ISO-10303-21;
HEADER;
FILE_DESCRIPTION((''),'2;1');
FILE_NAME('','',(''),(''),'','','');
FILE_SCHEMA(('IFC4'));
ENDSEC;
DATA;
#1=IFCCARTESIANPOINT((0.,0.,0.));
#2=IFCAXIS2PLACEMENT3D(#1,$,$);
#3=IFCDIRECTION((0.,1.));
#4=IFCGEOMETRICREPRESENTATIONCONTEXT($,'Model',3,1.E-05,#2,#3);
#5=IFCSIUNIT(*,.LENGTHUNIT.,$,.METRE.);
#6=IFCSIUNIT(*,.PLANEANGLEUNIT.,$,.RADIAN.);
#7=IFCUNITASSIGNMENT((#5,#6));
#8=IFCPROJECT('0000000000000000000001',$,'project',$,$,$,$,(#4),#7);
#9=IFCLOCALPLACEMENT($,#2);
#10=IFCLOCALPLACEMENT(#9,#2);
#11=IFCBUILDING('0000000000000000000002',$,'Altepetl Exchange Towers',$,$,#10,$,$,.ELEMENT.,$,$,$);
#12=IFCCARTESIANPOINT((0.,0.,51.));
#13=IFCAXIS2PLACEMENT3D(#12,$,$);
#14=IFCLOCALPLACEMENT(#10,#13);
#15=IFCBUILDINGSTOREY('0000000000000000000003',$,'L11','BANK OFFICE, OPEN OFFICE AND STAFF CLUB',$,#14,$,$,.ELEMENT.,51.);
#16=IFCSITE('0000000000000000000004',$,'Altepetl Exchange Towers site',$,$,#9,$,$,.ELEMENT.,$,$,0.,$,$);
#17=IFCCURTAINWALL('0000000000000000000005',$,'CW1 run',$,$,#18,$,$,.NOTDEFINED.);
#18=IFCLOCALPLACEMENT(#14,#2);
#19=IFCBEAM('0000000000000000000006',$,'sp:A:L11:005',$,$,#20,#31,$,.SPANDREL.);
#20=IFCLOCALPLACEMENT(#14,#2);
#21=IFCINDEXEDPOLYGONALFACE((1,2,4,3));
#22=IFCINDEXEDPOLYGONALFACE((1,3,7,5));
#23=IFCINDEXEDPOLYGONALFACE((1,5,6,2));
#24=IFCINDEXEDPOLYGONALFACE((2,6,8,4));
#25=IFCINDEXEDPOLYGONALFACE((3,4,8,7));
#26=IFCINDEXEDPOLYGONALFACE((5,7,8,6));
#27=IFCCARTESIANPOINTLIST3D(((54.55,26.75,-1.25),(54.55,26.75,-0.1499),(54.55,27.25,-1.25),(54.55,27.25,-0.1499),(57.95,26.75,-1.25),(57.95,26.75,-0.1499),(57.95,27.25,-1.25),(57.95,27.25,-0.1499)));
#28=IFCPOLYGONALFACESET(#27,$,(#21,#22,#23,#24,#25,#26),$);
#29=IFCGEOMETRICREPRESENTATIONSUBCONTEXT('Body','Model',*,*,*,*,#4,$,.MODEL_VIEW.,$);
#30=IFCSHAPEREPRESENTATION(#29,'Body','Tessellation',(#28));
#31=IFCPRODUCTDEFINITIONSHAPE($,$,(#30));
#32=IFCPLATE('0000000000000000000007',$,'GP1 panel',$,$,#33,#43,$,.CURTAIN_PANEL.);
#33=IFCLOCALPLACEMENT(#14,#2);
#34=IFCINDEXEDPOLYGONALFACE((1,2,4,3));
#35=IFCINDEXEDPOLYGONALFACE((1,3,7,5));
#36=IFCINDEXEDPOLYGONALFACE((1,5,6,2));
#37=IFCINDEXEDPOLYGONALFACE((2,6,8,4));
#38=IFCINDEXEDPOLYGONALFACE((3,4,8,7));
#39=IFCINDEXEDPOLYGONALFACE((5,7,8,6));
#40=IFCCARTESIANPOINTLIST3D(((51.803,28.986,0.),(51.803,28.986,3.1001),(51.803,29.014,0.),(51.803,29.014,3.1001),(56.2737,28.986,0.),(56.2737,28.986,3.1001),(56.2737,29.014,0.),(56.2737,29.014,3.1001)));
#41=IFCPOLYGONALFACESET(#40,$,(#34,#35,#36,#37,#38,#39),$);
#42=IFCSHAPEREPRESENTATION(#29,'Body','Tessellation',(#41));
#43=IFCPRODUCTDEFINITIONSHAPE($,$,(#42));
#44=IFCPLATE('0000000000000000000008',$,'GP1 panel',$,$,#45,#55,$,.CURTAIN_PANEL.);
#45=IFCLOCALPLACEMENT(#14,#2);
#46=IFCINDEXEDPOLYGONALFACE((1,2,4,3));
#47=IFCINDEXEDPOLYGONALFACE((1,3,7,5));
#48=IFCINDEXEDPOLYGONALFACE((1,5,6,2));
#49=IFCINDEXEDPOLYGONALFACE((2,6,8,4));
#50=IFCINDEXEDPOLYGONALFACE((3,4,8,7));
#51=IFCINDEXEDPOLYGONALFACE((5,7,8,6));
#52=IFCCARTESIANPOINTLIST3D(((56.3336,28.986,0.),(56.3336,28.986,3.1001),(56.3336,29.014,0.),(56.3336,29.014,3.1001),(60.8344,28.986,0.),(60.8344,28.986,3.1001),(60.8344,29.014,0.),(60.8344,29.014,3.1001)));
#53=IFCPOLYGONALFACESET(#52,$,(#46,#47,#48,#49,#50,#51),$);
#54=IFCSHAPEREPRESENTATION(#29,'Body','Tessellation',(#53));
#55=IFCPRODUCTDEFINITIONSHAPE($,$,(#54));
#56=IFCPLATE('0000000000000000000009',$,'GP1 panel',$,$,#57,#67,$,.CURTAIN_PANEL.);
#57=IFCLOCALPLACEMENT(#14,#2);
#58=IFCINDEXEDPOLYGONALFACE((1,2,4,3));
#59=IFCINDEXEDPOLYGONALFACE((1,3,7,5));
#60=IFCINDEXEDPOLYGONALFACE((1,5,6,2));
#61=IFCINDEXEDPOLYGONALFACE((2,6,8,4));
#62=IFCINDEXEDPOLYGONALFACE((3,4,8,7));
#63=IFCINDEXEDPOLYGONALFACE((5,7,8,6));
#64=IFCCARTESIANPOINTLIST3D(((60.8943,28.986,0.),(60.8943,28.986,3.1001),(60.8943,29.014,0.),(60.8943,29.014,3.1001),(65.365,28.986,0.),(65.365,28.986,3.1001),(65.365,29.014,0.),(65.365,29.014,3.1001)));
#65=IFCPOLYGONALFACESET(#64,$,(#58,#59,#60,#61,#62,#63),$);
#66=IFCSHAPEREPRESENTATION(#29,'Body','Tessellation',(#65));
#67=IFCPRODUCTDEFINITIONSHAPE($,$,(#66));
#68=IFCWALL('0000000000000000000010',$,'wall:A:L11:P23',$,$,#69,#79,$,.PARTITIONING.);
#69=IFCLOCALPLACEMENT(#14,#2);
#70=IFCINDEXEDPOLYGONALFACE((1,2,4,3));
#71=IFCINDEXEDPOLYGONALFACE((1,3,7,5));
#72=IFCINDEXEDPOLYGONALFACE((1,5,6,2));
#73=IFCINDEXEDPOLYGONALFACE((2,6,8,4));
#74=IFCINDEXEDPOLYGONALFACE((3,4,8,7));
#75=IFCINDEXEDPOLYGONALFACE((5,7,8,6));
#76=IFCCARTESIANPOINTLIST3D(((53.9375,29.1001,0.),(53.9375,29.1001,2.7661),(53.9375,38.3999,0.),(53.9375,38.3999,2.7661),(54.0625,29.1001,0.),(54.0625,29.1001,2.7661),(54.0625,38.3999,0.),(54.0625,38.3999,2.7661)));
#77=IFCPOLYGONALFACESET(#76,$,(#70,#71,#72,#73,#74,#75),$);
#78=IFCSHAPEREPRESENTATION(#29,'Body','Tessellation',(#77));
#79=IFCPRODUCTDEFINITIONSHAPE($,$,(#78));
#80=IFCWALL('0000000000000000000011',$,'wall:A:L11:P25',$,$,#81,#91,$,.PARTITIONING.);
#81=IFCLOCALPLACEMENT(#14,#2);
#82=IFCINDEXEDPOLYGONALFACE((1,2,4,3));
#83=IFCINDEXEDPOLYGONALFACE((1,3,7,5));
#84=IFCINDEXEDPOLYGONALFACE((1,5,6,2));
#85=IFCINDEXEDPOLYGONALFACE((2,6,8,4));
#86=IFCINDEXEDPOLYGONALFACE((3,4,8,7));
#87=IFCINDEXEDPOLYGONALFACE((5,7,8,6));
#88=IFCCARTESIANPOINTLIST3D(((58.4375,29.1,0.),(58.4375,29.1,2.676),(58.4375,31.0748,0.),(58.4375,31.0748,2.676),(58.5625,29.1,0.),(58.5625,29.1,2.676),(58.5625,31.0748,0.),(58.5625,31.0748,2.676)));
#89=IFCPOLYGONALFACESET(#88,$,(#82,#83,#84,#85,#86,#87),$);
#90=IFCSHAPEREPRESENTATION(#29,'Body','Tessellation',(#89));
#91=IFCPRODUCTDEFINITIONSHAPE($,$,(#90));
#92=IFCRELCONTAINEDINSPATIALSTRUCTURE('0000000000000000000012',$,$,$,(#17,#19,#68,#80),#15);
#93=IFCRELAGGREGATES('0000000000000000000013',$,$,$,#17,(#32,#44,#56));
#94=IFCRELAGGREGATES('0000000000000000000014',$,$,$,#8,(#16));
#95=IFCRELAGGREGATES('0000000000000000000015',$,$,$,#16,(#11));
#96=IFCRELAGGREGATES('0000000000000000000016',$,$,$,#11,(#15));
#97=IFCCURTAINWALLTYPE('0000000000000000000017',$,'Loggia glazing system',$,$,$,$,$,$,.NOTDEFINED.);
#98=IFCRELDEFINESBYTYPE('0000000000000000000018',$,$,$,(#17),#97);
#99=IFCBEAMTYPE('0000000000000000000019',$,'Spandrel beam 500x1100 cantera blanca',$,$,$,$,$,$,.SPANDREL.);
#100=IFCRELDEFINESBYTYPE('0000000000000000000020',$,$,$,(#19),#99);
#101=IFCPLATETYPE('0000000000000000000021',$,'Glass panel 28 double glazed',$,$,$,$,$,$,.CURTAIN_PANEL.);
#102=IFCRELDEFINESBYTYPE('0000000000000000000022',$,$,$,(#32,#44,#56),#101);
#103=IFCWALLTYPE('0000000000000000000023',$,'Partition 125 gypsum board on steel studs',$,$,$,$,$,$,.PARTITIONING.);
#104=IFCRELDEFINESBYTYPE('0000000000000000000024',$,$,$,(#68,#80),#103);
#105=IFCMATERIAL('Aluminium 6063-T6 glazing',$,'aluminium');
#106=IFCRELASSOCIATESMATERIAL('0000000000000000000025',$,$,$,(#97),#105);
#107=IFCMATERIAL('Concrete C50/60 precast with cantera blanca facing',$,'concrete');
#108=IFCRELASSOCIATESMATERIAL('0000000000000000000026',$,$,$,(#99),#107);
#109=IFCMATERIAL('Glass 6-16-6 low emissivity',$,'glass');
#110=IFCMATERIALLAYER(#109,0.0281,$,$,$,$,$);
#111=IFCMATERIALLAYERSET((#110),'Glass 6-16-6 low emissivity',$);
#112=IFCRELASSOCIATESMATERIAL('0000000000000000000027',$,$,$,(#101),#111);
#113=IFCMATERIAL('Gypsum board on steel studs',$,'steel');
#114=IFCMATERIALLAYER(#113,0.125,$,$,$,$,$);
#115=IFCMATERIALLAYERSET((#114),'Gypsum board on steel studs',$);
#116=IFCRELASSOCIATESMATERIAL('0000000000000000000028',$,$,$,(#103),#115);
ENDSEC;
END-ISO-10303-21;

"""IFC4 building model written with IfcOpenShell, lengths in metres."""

from ifc_helpers import new_model, si_unit, direction, frame, frame_2d, origin, origin_2d, place, context, subcontext, project, spatial, rectangle, extrude, material, layer, layer_set, material_profile, profile_set, type_object, element, aggregate, save


model = new_model("IFC4")

# Units and contexts
model_context = context("Model", 3, precision=1e-05, world=origin(), true_north=direction((0.0, 1.0)))
body_context = subcontext(model_context, "Body", "Model", "MODEL_VIEW")
ifc_project = project(units=[si_unit("LENGTHUNIT", "METRE"), si_unit("PLANEANGLEUNIT", "RADIAN")], contexts=[model_context])

# Site, building, storey
site_placement = place(None, origin())
site = spatial("IfcSite", under=ifc_project, at=site_placement, Name="Altepetl Exchange Towers site", CompositionType="ELEMENT", RefElevation=0.0)
building_placement = place(site_placement, origin())
building = spatial("IfcBuilding", under=site, at=building_placement, Name="Altepetl Exchange Towers", CompositionType="ELEMENT")
storey_placement = place(building_placement, frame((0.0, 0.0, 51.0)))
storey = spatial("IfcBuildingStorey", under=building, at=storey_placement, Name="L11", Description="BANK OFFICE, OPEN OFFICE AND STAFF CLUB", CompositionType="ELEMENT", Elevation=51.0)

# Curtain wall
ifc_material_1 = material(Name="Aluminium 6063-T6 glazing", Category="aluminium")
curtain_wall_type = type_object("IfcCurtainWallType", Name="Loggia glazing system", PredefinedType="NOTDEFINED", material=ifc_material_1)
curtain_wall_1_placement = place(storey_placement, origin())
curtain_wall_1 = element("IfcCurtainWall", 1, at=curtain_wall_1_placement, inside=storey, type_object=curtain_wall_type, Name="CW1 run", PredefinedType="NOTDEFINED")

# Beam
ifc_material_2 = material(Name="Concrete C50/60 precast with cantera blanca facing", Category="concrete")
ifc_material_profile_1 = material_profile(ifc_material_2, rectangle(XDim=0.5, YDim=1.1001, at=origin_2d()), Name="500 x 1100")
ifc_profile_set_1 = profile_set([ifc_material_profile_1], Name="Concrete C50/60 precast with cantera blanca facing")
beam_type_1 = type_object("IfcBeamType", Name="Spandrel beam 500x1100 cantera blanca", PredefinedType="SPANDREL", material=ifc_profile_set_1)
beam_1_placement = place(storey_placement, frame((54.55, 27.0, -0.7), z_axis=(1.0, 0.0, 0.0), x_axis=(0.0, 1.0, 0.0)))
element("IfcBeam", 2, at=beam_1_placement, inside=storey, type_object=beam_type_1, Name="sp:A:L11:005", PredefinedType="SPANDREL", context=body_context, shape_type="SweptSolid", body=[
    extrude(rectangle(XDim=0.5, YDim=1.1001, at=origin_2d()), origin(), (0.0, 0.0, 1.0), 3.3999),
])

# Plates
ifc_material_3 = material(Name="Glass 6-16-6 low emissivity", Category="glass")
ifc_layer_1 = layer(ifc_material_3, 0.0281)
ifc_layer_set_1 = layer_set([ifc_layer_1], Name="Glass 6-16-6 low emissivity")
plate_type = type_object("IfcPlateType", Name="Glass panel 28 double glazed", PredefinedType="CURTAIN_PANEL", material=ifc_layer_set_1)
plate_1_placement = place(storey_placement, frame((54.0383, 29.0, 0.0)))
plate_1 = element("IfcPlate", 3, at=plate_1_placement, type_object=plate_type, Name="GP1 panel", PredefinedType="CURTAIN_PANEL", context=body_context, shape_type="SweptSolid", body=[
    extrude(rectangle(XDim=4.4707, YDim=0.0281, at=origin_2d()), origin(), (0.0, 0.0, 1.0), 3.1001),
])
plate_2_placement = place(storey_placement, frame((58.584, 29.0, 0.0)))
plate_2 = element("IfcPlate", 4, at=plate_2_placement, type_object=plate_type, Name="GP1 panel", PredefinedType="CURTAIN_PANEL", context=body_context, shape_type="SweptSolid", body=[
    extrude(rectangle(XDim=4.5007, YDim=0.0281, at=origin_2d()), origin(), (0.0, 0.0, 1.0), 3.1001),
])
plate_3_placement = place(storey_placement, frame((63.1296, 29.0, 0.0)))
plate_3 = element("IfcPlate", 5, at=plate_3_placement, type_object=plate_type, Name="GP1 panel", PredefinedType="CURTAIN_PANEL", context=body_context, shape_type="SweptSolid", body=[
    extrude(rectangle(XDim=4.4707, YDim=0.0281, at=origin_2d()), origin(), (0.0, 0.0, 1.0), 3.1001),
])
aggregate(curtain_wall_1, [plate_1, plate_2, plate_3])

# Walls
ifc_material_4 = material(Name="Gypsum board on steel studs", Category="steel")
ifc_layer_2 = layer(ifc_material_4, 0.125)
ifc_layer_set_2 = layer_set([ifc_layer_2], Name="Gypsum board on steel studs")
wall_type = type_object("IfcWallType", Name="Partition 125 gypsum board on steel studs", PredefinedType="PARTITIONING", material=ifc_layer_set_2)
wall_1_placement = place(storey_placement, frame((54.0, 29.1001, 0.0), z_axis=(0.0, 0.0, 1.0), x_axis=(0.0, 1.0, 0.0)))
element("IfcWall", 6, at=wall_1_placement, inside=storey, type_object=wall_type, Name="wall:A:L11:P23", PredefinedType="PARTITIONING", context=body_context, shape_type="SweptSolid", body=[
    extrude(rectangle(XDim=9.2998, YDim=0.125, at=frame_2d((4.6499, 0.0))), origin(), (0.0, 0.0, 1.0), 2.7661),
])
wall_2_placement = place(storey_placement, frame((58.5, 29.1001, 0.0), z_axis=(0.0, 0.0, 1.0), x_axis=(0.0, 1.0, 0.0)))
element("IfcWall", 7, at=wall_2_placement, inside=storey, type_object=wall_type, Name="wall:A:L11:P25", PredefinedType="PARTITIONING", context=body_context, shape_type="SweptSolid", body=[
    extrude(rectangle(XDim=1.9749, YDim=0.125, at=frame_2d((0.9873, 0.0))), origin(), (0.0, 0.0, 1.0), 2.676),
])

save(model, "model.ifc")
